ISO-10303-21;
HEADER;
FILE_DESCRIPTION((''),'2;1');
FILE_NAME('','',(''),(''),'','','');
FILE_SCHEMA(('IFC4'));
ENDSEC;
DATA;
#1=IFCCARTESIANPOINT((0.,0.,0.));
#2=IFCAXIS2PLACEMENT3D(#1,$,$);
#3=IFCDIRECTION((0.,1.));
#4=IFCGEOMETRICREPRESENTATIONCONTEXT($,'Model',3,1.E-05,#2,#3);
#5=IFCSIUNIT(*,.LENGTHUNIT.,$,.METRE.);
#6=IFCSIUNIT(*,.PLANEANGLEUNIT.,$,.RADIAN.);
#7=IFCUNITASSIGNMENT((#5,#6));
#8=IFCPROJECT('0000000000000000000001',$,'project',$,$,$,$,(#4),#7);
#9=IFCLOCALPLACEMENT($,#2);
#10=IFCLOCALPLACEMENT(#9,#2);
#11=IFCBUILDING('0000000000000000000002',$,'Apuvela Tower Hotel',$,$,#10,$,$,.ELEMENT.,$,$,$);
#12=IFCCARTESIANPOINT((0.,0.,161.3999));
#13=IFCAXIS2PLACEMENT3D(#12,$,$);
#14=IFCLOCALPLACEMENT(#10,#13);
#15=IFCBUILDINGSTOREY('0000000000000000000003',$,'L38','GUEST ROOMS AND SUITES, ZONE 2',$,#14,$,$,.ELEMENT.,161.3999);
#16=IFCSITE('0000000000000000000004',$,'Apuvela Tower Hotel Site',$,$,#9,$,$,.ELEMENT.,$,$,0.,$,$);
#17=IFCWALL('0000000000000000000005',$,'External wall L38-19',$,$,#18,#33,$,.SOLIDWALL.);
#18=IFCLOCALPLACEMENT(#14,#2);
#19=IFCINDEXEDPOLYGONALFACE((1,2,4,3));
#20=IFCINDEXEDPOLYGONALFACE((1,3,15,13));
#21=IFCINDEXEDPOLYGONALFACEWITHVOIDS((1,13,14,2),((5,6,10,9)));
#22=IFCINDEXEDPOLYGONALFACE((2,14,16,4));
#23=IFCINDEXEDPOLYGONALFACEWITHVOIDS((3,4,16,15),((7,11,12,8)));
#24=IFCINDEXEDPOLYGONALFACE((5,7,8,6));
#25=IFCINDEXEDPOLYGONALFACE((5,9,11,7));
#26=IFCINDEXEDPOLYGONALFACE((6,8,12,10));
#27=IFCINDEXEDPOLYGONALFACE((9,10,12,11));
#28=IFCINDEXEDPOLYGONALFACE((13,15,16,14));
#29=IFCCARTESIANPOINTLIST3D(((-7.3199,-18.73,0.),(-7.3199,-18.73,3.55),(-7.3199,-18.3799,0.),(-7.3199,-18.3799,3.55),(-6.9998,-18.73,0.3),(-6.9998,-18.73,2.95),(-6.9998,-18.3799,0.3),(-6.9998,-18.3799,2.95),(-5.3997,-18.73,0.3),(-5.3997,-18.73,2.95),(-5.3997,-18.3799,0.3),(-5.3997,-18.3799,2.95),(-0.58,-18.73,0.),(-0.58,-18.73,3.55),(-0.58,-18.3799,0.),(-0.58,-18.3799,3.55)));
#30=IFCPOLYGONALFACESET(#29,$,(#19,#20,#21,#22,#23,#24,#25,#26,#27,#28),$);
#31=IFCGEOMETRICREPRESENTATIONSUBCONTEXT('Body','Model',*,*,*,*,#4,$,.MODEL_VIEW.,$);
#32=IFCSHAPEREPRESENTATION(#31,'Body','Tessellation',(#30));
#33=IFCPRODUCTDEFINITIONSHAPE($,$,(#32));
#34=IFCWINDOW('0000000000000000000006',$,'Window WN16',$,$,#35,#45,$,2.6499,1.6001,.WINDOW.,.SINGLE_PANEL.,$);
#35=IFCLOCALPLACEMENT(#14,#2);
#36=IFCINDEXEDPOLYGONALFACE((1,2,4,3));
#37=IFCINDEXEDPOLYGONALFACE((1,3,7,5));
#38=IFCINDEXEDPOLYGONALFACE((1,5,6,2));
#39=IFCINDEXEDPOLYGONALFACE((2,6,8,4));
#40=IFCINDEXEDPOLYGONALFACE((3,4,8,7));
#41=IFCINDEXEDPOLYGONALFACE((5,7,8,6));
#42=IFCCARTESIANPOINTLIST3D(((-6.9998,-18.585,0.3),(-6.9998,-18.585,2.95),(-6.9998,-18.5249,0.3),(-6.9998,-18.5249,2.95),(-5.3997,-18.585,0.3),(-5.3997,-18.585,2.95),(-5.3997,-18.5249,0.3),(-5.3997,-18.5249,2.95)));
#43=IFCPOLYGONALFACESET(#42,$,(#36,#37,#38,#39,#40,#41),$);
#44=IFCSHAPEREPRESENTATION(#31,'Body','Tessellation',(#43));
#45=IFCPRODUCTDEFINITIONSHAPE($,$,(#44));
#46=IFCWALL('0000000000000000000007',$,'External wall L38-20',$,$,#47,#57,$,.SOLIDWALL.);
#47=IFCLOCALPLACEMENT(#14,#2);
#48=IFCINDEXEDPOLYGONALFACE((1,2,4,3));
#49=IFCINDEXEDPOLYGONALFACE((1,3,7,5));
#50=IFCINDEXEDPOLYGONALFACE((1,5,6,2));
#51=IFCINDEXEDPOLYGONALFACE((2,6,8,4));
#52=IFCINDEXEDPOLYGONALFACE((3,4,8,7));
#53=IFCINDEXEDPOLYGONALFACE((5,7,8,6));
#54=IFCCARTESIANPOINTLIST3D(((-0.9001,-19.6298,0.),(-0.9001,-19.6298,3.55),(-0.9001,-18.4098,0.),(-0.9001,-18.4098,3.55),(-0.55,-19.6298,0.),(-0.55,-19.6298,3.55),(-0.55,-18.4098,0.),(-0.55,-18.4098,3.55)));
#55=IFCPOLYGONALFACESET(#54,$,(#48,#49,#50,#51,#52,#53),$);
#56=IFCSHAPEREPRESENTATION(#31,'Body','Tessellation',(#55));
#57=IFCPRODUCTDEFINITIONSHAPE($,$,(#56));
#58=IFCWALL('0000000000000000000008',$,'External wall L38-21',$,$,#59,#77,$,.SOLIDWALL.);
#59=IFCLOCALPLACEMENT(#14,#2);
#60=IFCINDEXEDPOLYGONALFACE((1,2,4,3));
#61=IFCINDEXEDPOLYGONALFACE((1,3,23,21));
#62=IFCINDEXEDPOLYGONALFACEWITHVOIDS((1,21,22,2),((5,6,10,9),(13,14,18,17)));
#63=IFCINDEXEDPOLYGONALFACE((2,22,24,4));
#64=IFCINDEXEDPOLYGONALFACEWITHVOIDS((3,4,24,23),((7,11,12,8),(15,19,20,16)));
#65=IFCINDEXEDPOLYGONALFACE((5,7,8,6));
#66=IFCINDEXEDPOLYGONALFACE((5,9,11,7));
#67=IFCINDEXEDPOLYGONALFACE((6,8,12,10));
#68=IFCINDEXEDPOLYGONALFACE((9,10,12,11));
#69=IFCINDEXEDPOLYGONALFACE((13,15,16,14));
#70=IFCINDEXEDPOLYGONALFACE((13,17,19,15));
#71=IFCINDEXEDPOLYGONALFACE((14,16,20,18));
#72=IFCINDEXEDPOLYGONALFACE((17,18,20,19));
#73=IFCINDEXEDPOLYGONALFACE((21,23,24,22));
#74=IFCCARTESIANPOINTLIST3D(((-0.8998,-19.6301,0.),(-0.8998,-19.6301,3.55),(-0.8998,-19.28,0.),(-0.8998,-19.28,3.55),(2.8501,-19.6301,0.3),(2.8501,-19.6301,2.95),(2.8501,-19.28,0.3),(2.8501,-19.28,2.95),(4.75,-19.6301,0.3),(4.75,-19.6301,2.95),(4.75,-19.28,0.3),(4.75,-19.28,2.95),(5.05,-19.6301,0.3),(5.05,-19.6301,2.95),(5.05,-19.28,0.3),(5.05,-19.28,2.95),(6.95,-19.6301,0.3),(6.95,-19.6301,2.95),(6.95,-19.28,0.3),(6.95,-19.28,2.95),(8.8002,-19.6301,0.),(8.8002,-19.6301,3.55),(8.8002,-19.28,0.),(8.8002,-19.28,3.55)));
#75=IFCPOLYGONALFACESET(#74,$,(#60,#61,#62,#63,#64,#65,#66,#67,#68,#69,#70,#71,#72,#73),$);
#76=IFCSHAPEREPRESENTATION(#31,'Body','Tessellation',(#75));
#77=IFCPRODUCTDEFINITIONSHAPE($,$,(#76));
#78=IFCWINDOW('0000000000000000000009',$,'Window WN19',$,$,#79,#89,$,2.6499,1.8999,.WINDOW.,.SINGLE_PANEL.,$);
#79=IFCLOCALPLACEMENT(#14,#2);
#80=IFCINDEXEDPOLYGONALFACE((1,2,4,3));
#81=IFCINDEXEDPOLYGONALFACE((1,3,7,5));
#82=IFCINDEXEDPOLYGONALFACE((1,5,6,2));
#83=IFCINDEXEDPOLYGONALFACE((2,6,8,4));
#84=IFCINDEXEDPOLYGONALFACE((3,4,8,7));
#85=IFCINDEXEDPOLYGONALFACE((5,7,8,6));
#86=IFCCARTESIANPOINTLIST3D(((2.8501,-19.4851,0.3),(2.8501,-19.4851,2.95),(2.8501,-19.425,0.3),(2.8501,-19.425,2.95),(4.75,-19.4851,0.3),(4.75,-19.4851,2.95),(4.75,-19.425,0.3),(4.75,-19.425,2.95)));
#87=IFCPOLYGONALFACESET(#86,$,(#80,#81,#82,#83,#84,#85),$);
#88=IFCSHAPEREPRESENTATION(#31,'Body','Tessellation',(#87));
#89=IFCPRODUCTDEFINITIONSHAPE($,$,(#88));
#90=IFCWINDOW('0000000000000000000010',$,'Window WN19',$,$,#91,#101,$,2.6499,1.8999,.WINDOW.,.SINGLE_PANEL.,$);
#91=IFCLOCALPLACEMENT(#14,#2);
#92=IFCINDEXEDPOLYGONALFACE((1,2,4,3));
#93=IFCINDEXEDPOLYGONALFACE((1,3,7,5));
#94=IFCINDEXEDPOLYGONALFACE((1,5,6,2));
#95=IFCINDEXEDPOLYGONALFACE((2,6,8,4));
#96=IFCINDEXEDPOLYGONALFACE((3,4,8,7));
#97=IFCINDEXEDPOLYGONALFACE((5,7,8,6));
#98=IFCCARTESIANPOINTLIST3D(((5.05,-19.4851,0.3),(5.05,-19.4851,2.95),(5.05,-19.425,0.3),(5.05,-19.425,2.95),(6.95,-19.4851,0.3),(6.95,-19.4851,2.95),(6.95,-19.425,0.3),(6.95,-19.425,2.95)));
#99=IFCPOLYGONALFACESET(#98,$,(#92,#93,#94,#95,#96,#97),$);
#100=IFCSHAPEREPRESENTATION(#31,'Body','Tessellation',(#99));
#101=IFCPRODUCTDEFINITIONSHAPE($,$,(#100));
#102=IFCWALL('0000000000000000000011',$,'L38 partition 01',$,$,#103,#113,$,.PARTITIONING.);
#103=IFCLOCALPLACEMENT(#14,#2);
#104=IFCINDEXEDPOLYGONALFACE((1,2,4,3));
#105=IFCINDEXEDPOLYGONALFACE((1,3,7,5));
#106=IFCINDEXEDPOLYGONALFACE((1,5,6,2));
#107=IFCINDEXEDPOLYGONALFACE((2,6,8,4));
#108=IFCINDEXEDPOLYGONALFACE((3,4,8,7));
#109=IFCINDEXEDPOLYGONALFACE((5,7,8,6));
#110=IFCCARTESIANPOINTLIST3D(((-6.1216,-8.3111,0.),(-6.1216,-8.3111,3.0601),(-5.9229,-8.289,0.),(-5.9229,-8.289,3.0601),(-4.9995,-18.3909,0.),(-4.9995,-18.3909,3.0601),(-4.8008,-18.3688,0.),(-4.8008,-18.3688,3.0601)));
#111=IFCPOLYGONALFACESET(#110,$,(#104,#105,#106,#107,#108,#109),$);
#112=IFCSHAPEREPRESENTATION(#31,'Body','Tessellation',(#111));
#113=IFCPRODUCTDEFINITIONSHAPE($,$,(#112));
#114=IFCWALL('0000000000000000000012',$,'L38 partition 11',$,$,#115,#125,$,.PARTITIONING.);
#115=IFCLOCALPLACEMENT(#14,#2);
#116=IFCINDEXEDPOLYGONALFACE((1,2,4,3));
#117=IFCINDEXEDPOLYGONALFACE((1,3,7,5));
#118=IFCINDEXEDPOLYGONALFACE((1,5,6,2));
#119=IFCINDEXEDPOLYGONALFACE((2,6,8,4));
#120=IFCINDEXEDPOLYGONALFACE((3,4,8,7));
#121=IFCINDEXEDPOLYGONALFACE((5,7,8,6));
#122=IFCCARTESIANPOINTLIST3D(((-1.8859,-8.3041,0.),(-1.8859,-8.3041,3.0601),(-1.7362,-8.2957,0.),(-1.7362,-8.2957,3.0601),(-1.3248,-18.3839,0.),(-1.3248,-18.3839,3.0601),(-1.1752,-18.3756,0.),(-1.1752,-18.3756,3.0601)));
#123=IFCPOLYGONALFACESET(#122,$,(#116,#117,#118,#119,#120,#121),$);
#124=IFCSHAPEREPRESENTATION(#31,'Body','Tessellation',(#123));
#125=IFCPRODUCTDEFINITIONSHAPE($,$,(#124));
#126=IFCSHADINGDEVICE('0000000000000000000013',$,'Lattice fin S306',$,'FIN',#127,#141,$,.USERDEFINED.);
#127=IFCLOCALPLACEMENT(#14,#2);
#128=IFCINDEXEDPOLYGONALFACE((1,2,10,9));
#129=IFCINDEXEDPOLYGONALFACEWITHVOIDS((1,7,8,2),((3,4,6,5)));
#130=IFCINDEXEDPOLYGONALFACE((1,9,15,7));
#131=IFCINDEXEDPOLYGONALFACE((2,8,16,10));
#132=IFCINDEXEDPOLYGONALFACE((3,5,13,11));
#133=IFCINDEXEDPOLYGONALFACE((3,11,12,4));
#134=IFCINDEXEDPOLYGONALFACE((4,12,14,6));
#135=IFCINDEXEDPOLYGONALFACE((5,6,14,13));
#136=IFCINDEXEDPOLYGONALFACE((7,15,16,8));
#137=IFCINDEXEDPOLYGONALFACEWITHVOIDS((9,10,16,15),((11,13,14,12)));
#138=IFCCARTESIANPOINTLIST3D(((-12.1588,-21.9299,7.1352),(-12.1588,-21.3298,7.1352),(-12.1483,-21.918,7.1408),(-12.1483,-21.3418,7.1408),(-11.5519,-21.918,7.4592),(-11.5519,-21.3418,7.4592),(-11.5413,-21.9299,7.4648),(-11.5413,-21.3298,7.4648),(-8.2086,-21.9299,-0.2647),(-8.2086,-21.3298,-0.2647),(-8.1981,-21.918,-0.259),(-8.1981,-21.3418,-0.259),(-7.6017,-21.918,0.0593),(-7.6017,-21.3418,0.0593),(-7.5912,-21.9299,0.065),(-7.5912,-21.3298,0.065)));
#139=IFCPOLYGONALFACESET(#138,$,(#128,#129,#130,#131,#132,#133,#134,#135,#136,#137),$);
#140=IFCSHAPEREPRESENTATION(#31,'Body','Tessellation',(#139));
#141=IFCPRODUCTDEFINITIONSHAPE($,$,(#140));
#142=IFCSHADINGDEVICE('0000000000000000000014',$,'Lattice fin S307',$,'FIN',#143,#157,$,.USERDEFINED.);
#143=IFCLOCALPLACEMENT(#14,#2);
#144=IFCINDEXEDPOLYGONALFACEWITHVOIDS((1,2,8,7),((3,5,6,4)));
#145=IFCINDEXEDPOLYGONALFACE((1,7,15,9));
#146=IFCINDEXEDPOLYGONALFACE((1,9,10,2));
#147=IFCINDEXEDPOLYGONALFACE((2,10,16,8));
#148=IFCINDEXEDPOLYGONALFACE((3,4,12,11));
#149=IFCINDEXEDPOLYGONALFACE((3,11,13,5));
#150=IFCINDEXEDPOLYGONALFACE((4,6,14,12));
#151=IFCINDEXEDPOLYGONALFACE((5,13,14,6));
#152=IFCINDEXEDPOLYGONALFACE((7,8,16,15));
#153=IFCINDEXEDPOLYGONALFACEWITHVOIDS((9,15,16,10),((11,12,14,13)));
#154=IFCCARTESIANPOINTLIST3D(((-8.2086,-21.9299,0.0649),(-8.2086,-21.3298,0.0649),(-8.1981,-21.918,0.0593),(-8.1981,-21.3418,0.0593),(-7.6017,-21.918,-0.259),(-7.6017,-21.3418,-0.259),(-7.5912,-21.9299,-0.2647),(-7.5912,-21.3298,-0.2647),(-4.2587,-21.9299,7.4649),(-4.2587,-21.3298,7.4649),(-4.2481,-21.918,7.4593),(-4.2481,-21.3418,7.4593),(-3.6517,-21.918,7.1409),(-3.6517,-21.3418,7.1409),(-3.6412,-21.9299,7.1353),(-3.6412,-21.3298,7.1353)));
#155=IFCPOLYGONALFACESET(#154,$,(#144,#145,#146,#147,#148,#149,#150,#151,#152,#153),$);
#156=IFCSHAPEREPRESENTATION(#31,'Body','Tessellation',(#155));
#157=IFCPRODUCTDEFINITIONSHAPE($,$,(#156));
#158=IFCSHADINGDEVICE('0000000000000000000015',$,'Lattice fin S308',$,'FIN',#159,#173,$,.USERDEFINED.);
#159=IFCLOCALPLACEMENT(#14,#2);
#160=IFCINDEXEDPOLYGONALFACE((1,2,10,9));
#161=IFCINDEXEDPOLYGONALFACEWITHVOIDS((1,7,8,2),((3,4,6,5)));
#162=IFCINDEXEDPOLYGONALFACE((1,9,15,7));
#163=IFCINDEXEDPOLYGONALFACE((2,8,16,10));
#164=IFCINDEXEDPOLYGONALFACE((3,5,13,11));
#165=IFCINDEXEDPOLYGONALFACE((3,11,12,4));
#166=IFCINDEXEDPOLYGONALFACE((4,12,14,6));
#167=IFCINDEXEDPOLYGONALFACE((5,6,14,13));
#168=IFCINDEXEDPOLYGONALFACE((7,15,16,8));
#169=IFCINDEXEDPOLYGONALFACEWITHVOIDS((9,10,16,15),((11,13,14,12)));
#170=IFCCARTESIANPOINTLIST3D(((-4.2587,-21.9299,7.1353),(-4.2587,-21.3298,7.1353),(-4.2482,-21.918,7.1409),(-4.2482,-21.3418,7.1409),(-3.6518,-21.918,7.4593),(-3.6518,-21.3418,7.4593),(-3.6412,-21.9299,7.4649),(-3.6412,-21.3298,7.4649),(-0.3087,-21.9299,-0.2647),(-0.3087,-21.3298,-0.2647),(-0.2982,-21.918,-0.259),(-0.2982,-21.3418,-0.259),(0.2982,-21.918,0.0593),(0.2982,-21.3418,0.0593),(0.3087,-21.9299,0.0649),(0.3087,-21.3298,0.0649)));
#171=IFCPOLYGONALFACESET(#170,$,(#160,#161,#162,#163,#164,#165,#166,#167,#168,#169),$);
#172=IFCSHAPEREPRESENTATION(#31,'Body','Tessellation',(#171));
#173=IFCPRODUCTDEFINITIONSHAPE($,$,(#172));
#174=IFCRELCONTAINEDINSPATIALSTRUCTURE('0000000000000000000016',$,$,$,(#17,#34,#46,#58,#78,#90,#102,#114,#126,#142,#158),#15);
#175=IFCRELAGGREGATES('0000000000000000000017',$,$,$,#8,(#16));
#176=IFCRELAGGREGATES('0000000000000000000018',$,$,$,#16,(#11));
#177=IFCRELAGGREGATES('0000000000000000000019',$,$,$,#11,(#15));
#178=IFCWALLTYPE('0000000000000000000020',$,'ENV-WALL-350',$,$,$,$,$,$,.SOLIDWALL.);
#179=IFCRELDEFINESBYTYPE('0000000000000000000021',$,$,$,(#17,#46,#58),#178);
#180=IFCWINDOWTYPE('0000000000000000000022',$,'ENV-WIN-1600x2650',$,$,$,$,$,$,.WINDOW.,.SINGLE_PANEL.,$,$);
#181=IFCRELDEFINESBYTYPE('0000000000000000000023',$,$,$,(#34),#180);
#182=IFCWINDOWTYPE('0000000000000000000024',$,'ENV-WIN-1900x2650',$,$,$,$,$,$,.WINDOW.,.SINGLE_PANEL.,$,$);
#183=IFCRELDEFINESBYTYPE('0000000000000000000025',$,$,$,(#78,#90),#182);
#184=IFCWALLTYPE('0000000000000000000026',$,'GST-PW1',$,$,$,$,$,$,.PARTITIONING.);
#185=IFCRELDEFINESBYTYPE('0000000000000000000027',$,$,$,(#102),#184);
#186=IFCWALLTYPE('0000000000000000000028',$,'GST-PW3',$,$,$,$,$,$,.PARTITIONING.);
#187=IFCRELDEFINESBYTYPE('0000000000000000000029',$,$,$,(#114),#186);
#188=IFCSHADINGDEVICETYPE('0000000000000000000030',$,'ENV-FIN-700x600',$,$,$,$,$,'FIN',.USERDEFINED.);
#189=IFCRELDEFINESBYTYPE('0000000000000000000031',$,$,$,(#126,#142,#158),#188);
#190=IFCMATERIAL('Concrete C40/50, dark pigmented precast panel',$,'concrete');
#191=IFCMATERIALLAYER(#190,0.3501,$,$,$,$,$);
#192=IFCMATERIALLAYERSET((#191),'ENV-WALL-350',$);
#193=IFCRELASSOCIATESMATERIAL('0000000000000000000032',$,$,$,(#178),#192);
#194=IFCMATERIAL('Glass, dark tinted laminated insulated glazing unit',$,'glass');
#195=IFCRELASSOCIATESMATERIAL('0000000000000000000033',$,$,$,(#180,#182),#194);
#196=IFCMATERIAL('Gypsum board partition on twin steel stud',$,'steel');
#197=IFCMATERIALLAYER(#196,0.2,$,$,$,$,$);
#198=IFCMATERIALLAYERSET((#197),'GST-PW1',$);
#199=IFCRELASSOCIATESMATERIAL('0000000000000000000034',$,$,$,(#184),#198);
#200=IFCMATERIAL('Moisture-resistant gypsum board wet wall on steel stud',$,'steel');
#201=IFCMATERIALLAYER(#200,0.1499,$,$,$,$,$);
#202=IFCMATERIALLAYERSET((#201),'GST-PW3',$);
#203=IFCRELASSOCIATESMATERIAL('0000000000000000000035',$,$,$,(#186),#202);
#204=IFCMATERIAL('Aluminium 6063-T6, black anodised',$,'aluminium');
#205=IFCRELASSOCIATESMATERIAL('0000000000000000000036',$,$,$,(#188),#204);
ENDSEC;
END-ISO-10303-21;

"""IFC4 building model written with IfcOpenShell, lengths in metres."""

from ifc_helpers import new_model, si_unit, direction, frame, frame_2d, origin, origin_2d, place, context, subcontext, project, spatial, rectangle, hollow_rectangle, extrude, material, layer, layer_set, material_profile, profile_set, type_object, element, fill, save


model = new_model("IFC4")

# Units and contexts
model_context = context("Model", 3, precision=1e-05, world=origin(), true_north=direction((0.0, 1.0)))
body_context = subcontext(model_context, "Body", "Model", "MODEL_VIEW")
ifc_project = project(units=[si_unit("LENGTHUNIT", "METRE"), si_unit("PLANEANGLEUNIT", "RADIAN")], contexts=[model_context])

# Site, building, storey
site_placement = place(None, origin())
site = spatial("IfcSite", under=ifc_project, at=site_placement, Name="Apuvela Tower Hotel Site", CompositionType="ELEMENT", RefElevation=0.0)
building_placement = place(site_placement, origin())
building = spatial("IfcBuilding", under=site, at=building_placement, Name="Apuvela Tower Hotel", CompositionType="ELEMENT")
storey_placement = place(building_placement, frame((0.0, 0.0, 161.3999)))
storey = spatial("IfcBuildingStorey", under=building, at=storey_placement, Name="L38", Description="GUEST ROOMS AND SUITES, ZONE 2", CompositionType="ELEMENT", Elevation=161.3999)

# Shared definitions
ifc_material_1 = material(Name="Concrete C40/50, dark pigmented precast panel", Category="concrete")
ifc_layer_1 = layer(ifc_material_1, 0.3501)
ifc_layer_set_1 = layer_set([ifc_layer_1], Name="ENV-WALL-350")
wall_type_1 = type_object("IfcWallType", Name="ENV-WALL-350", PredefinedType="SOLIDWALL", material=ifc_layer_set_1)

# Wall, opening, window
wall_1_placement = place(storey_placement, frame((-7.3201, -18.5549, 0.0), z_axis=(0.0, 0.0, 1.0), x_axis=(1.0, 0.0, 0.0)))
wall_1 = element("IfcWall", 1, at=wall_1_placement, inside=storey, type_object=wall_type_1, Name="External wall L38-19", PredefinedType="SOLIDWALL", context=body_context, shape_type="SweptSolid", body=[
    extrude(rectangle(XDim=6.74, YDim=0.3501, at=frame_2d((3.3701, 0.0))), origin(), (0.0, 0.0, 1.0), 3.55),
])
opening_1_placement = place(wall_1_placement, frame((0.3203, 0.0, 0.3)))
opening_1 = element("IfcOpeningElement", 2, at=opening_1_placement, cuts=wall_1, PredefinedType="OPENING", context=body_context, shape_type="SweptSolid", body=[
    extrude(rectangle(XDim=1.6001, YDim=2.6499, at=frame_2d((0.8, 1.325))), frame((0.0, 0.1851, 0.0), z_axis=(0.0, -1.0, 0.0), x_axis=(1.0, 0.0, 0.0)), (0.0, 0.0, 1.0), 0.3701),
])
ifc_material_2 = material(Name="Glass, dark tinted laminated insulated glazing unit", Category="glass")
window_type_1 = type_object("IfcWindowType", Name="ENV-WIN-1600x2650", PartitioningType="SINGLE_PANEL", PredefinedType="WINDOW", material=ifc_material_2)
window_1_placement = place(opening_1_placement, origin())
window_1 = element("IfcWindow", 3, at=window_1_placement, inside=storey, type_object=window_type_1, Name="Window WN16", OverallHeight=2.6499, OverallWidth=1.6001, PartitioningType="SINGLE_PANEL", PredefinedType="WINDOW", context=body_context, shape_type="SweptSolid", body=[
    extrude(rectangle(XDim=1.6001, YDim=2.6499, at=frame_2d((0.8, 1.325))), frame((0.0, 0.03, 0.0), z_axis=(0.0, -1.0, 0.0), x_axis=(1.0, 0.0, 0.0)), (0.0, 0.0, 1.0), 0.0601),
])
fill(opening_1, window_1)

# Wall
wall_2_placement = place(storey_placement, frame((-0.7251, -18.4099, 0.0), z_axis=(0.0, 0.0, 1.0), x_axis=(0.0, -1.0, 0.0)))
element("IfcWall", 4, at=wall_2_placement, inside=storey, type_object=wall_type_1, Name="External wall L38-20", PredefinedType="SOLIDWALL", context=body_context, shape_type="SweptSolid", body=[
    extrude(rectangle(XDim=1.22, YDim=0.3501, at=frame_2d((0.6099, 0.0))), origin(), (0.0, 0.0, 1.0), 3.55),
])

# Wall, openings, windows
wall_3_placement = place(storey_placement, frame((-0.8999, -19.4551, 0.0), z_axis=(0.0, 0.0, 1.0), x_axis=(1.0, 0.0, 0.0)))
wall_3 = element("IfcWall", 5, at=wall_3_placement, inside=storey, type_object=wall_type_1, Name="External wall L38-21", PredefinedType="SOLIDWALL", context=body_context, shape_type="SweptSolid", body=[
    extrude(rectangle(XDim=9.7, YDim=0.3501, at=frame_2d((4.8501, 0.0))), origin(), (0.0, 0.0, 1.0), 3.55),
])
opening_2_placement = place(wall_3_placement, frame((3.75, 0.0, 0.3)))
opening_2 = element("IfcOpeningElement", 6, at=opening_2_placement, cuts=wall_3, PredefinedType="OPENING", context=body_context, shape_type="SweptSolid", body=[
    extrude(rectangle(XDim=1.8999, YDim=2.6499, at=frame_2d((0.95, 1.325))), frame((0.0, 0.1851, 0.0), z_axis=(0.0, -1.0, 0.0), x_axis=(1.0, 0.0, 0.0)), (0.0, 0.0, 1.0), 0.3701),
])
opening_3_placement = place(wall_3_placement, frame((5.95, 0.0, 0.3)))
opening_3 = element("IfcOpeningElement", 7, at=opening_3_placement, cuts=wall_3, PredefinedType="OPENING", context=body_context, shape_type="SweptSolid", body=[
    extrude(rectangle(XDim=1.8999, YDim=2.6499, at=frame_2d((0.95, 1.325))), frame((0.0, 0.1851, 0.0), z_axis=(0.0, -1.0, 0.0), x_axis=(1.0, 0.0, 0.0)), (0.0, 0.0, 1.0), 0.3701),
])
window_type_2 = type_object("IfcWindowType", Name="ENV-WIN-1900x2650", PartitioningType="SINGLE_PANEL", PredefinedType="WINDOW", material=ifc_material_2)
window_2_placement = place(opening_2_placement, origin())
window_2 = element("IfcWindow", 8, at=window_2_placement, inside=storey, type_object=window_type_2, Name="Window WN19", OverallHeight=2.6499, OverallWidth=1.8999, PartitioningType="SINGLE_PANEL", PredefinedType="WINDOW", context=body_context, shape_type="SweptSolid", body=[
    extrude(rectangle(XDim=1.8999, YDim=2.6499, at=frame_2d((0.95, 1.325))), frame((0.0, 0.03, 0.0), z_axis=(0.0, -1.0, 0.0), x_axis=(1.0, 0.0, 0.0)), (0.0, 0.0, 1.0), 0.0601),
])
fill(opening_2, window_2)
window_3_placement = place(opening_3_placement, origin())
window_3 = element("IfcWindow", 9, at=window_3_placement, inside=storey, type_object=window_type_2, Name="Window WN19", OverallHeight=2.6499, OverallWidth=1.8999, PartitioningType="SINGLE_PANEL", PredefinedType="WINDOW", context=body_context, shape_type="SweptSolid", body=[
    extrude(rectangle(XDim=1.8999, YDim=2.6499, at=frame_2d((0.95, 1.325))), frame((0.0, 0.03, 0.0), z_axis=(0.0, -1.0, 0.0), x_axis=(1.0, 0.0, 0.0)), (0.0, 0.0, 1.0), 0.0601),
])
fill(opening_3, window_3)

# Walls
ifc_material_3 = material(Name="Gypsum board partition on twin steel stud", Category="steel")
ifc_layer_2 = layer(ifc_material_3, 0.2)
ifc_layer_set_2 = layer_set([ifc_layer_2], Name="GST-PW1")
wall_type_2 = type_object("IfcWallType", Name="GST-PW1", PredefinedType="PARTITIONING", material=ifc_layer_set_2)
wall_4_placement = place(storey_placement, frame((-4.9001, -18.3799, 0.0), z_axis=(0.0, 0.0, 1.0), x_axis=(-0.110635, 0.993861, 0.0)))
element("IfcWall", 10, at=wall_4_placement, inside=storey, type_object=wall_type_2, Name="L38 partition 01", PredefinedType="PARTITIONING", context=body_context, shape_type="SweptSolid", body=[
    extrude(rectangle(XDim=10.1421, YDim=0.2, at=frame_2d((5.071, 0.0))), origin(), (0.0, 0.0, 1.0), 3.0601),
])
ifc_material_4 = material(Name="Moisture-resistant gypsum board wet wall on steel stud", Category="steel")
ifc_layer_3 = layer(ifc_material_4, 0.1499)
ifc_layer_set_3 = layer_set([ifc_layer_3], Name="GST-PW3")
wall_type_3 = type_object("IfcWallType", Name="GST-PW3", PredefinedType="PARTITIONING", material=ifc_layer_set_3)
wall_5_placement = place(storey_placement, frame((-1.25, -18.3799, 0.0), z_axis=(0.0, 0.0, 1.0), x_axis=(-0.055573, 0.998455, 0.0)))
element("IfcWall", 11, at=wall_5_placement, inside=storey, type_object=wall_type_3, Name="L38 partition 11", PredefinedType="PARTITIONING", context=body_context, shape_type="SweptSolid", body=[
    extrude(rectangle(XDim=10.0955, YDim=0.1499, at=frame_2d((5.0479, 0.0))), origin(), (0.0, 0.0, 1.0), 3.0601),
])

# Shading devices
ifc_material_5 = material(Name="Aluminium 6063-T6, black anodised", Category="aluminium")
ifc_material_profile_1 = material_profile(ifc_material_5, hollow_rectangle(XDim=0.6001, YDim=0.7, WallThickness=0.012, at=origin_2d()), Name="AL BOX 700x600x12")
ifc_profile_set_1 = profile_set([ifc_material_profile_1], Name="Aluminium 6063-T6, black anodised")
shading_device_type = type_object("IfcShadingDeviceType", Name="ENV-FIN-700x600", ElementType="FIN", PredefinedType="USERDEFINED", material=ifc_profile_set_1)
for number, where, z_axis, x_axis, name in (
    (12, (-7.8999, -21.6299, -0.0999), (-0.470921, 0.0, 0.882176), (0.0, -1.0, 0.0), "Lattice fin S306"),
    (13, (-7.8999, -21.6299, -0.0999), (0.470898, 0.0, 0.882188), (0.0, 1.0, 0.0), "Lattice fin S307"),
    (14, (0.0, -21.6299, -0.0999), (-0.470898, 0.0, 0.882188), (0.0, -1.0, 0.0), "Lattice fin S308"),
):
    element("IfcShadingDevice", number, at=place(storey_placement, frame(where, z_axis=z_axis, x_axis=x_axis)), inside=storey, type_object=shading_device_type, Name=name, ObjectType="FIN", PredefinedType="USERDEFINED", context=body_context, shape_type="SweptSolid", body=[
        extrude(hollow_rectangle(XDim=0.6001, YDim=0.7, WallThickness=0.012, at=origin_2d()), origin(), (0.0, 0.0, 1.0), 8.3882),
    ])

save(model, "model.ifc")
